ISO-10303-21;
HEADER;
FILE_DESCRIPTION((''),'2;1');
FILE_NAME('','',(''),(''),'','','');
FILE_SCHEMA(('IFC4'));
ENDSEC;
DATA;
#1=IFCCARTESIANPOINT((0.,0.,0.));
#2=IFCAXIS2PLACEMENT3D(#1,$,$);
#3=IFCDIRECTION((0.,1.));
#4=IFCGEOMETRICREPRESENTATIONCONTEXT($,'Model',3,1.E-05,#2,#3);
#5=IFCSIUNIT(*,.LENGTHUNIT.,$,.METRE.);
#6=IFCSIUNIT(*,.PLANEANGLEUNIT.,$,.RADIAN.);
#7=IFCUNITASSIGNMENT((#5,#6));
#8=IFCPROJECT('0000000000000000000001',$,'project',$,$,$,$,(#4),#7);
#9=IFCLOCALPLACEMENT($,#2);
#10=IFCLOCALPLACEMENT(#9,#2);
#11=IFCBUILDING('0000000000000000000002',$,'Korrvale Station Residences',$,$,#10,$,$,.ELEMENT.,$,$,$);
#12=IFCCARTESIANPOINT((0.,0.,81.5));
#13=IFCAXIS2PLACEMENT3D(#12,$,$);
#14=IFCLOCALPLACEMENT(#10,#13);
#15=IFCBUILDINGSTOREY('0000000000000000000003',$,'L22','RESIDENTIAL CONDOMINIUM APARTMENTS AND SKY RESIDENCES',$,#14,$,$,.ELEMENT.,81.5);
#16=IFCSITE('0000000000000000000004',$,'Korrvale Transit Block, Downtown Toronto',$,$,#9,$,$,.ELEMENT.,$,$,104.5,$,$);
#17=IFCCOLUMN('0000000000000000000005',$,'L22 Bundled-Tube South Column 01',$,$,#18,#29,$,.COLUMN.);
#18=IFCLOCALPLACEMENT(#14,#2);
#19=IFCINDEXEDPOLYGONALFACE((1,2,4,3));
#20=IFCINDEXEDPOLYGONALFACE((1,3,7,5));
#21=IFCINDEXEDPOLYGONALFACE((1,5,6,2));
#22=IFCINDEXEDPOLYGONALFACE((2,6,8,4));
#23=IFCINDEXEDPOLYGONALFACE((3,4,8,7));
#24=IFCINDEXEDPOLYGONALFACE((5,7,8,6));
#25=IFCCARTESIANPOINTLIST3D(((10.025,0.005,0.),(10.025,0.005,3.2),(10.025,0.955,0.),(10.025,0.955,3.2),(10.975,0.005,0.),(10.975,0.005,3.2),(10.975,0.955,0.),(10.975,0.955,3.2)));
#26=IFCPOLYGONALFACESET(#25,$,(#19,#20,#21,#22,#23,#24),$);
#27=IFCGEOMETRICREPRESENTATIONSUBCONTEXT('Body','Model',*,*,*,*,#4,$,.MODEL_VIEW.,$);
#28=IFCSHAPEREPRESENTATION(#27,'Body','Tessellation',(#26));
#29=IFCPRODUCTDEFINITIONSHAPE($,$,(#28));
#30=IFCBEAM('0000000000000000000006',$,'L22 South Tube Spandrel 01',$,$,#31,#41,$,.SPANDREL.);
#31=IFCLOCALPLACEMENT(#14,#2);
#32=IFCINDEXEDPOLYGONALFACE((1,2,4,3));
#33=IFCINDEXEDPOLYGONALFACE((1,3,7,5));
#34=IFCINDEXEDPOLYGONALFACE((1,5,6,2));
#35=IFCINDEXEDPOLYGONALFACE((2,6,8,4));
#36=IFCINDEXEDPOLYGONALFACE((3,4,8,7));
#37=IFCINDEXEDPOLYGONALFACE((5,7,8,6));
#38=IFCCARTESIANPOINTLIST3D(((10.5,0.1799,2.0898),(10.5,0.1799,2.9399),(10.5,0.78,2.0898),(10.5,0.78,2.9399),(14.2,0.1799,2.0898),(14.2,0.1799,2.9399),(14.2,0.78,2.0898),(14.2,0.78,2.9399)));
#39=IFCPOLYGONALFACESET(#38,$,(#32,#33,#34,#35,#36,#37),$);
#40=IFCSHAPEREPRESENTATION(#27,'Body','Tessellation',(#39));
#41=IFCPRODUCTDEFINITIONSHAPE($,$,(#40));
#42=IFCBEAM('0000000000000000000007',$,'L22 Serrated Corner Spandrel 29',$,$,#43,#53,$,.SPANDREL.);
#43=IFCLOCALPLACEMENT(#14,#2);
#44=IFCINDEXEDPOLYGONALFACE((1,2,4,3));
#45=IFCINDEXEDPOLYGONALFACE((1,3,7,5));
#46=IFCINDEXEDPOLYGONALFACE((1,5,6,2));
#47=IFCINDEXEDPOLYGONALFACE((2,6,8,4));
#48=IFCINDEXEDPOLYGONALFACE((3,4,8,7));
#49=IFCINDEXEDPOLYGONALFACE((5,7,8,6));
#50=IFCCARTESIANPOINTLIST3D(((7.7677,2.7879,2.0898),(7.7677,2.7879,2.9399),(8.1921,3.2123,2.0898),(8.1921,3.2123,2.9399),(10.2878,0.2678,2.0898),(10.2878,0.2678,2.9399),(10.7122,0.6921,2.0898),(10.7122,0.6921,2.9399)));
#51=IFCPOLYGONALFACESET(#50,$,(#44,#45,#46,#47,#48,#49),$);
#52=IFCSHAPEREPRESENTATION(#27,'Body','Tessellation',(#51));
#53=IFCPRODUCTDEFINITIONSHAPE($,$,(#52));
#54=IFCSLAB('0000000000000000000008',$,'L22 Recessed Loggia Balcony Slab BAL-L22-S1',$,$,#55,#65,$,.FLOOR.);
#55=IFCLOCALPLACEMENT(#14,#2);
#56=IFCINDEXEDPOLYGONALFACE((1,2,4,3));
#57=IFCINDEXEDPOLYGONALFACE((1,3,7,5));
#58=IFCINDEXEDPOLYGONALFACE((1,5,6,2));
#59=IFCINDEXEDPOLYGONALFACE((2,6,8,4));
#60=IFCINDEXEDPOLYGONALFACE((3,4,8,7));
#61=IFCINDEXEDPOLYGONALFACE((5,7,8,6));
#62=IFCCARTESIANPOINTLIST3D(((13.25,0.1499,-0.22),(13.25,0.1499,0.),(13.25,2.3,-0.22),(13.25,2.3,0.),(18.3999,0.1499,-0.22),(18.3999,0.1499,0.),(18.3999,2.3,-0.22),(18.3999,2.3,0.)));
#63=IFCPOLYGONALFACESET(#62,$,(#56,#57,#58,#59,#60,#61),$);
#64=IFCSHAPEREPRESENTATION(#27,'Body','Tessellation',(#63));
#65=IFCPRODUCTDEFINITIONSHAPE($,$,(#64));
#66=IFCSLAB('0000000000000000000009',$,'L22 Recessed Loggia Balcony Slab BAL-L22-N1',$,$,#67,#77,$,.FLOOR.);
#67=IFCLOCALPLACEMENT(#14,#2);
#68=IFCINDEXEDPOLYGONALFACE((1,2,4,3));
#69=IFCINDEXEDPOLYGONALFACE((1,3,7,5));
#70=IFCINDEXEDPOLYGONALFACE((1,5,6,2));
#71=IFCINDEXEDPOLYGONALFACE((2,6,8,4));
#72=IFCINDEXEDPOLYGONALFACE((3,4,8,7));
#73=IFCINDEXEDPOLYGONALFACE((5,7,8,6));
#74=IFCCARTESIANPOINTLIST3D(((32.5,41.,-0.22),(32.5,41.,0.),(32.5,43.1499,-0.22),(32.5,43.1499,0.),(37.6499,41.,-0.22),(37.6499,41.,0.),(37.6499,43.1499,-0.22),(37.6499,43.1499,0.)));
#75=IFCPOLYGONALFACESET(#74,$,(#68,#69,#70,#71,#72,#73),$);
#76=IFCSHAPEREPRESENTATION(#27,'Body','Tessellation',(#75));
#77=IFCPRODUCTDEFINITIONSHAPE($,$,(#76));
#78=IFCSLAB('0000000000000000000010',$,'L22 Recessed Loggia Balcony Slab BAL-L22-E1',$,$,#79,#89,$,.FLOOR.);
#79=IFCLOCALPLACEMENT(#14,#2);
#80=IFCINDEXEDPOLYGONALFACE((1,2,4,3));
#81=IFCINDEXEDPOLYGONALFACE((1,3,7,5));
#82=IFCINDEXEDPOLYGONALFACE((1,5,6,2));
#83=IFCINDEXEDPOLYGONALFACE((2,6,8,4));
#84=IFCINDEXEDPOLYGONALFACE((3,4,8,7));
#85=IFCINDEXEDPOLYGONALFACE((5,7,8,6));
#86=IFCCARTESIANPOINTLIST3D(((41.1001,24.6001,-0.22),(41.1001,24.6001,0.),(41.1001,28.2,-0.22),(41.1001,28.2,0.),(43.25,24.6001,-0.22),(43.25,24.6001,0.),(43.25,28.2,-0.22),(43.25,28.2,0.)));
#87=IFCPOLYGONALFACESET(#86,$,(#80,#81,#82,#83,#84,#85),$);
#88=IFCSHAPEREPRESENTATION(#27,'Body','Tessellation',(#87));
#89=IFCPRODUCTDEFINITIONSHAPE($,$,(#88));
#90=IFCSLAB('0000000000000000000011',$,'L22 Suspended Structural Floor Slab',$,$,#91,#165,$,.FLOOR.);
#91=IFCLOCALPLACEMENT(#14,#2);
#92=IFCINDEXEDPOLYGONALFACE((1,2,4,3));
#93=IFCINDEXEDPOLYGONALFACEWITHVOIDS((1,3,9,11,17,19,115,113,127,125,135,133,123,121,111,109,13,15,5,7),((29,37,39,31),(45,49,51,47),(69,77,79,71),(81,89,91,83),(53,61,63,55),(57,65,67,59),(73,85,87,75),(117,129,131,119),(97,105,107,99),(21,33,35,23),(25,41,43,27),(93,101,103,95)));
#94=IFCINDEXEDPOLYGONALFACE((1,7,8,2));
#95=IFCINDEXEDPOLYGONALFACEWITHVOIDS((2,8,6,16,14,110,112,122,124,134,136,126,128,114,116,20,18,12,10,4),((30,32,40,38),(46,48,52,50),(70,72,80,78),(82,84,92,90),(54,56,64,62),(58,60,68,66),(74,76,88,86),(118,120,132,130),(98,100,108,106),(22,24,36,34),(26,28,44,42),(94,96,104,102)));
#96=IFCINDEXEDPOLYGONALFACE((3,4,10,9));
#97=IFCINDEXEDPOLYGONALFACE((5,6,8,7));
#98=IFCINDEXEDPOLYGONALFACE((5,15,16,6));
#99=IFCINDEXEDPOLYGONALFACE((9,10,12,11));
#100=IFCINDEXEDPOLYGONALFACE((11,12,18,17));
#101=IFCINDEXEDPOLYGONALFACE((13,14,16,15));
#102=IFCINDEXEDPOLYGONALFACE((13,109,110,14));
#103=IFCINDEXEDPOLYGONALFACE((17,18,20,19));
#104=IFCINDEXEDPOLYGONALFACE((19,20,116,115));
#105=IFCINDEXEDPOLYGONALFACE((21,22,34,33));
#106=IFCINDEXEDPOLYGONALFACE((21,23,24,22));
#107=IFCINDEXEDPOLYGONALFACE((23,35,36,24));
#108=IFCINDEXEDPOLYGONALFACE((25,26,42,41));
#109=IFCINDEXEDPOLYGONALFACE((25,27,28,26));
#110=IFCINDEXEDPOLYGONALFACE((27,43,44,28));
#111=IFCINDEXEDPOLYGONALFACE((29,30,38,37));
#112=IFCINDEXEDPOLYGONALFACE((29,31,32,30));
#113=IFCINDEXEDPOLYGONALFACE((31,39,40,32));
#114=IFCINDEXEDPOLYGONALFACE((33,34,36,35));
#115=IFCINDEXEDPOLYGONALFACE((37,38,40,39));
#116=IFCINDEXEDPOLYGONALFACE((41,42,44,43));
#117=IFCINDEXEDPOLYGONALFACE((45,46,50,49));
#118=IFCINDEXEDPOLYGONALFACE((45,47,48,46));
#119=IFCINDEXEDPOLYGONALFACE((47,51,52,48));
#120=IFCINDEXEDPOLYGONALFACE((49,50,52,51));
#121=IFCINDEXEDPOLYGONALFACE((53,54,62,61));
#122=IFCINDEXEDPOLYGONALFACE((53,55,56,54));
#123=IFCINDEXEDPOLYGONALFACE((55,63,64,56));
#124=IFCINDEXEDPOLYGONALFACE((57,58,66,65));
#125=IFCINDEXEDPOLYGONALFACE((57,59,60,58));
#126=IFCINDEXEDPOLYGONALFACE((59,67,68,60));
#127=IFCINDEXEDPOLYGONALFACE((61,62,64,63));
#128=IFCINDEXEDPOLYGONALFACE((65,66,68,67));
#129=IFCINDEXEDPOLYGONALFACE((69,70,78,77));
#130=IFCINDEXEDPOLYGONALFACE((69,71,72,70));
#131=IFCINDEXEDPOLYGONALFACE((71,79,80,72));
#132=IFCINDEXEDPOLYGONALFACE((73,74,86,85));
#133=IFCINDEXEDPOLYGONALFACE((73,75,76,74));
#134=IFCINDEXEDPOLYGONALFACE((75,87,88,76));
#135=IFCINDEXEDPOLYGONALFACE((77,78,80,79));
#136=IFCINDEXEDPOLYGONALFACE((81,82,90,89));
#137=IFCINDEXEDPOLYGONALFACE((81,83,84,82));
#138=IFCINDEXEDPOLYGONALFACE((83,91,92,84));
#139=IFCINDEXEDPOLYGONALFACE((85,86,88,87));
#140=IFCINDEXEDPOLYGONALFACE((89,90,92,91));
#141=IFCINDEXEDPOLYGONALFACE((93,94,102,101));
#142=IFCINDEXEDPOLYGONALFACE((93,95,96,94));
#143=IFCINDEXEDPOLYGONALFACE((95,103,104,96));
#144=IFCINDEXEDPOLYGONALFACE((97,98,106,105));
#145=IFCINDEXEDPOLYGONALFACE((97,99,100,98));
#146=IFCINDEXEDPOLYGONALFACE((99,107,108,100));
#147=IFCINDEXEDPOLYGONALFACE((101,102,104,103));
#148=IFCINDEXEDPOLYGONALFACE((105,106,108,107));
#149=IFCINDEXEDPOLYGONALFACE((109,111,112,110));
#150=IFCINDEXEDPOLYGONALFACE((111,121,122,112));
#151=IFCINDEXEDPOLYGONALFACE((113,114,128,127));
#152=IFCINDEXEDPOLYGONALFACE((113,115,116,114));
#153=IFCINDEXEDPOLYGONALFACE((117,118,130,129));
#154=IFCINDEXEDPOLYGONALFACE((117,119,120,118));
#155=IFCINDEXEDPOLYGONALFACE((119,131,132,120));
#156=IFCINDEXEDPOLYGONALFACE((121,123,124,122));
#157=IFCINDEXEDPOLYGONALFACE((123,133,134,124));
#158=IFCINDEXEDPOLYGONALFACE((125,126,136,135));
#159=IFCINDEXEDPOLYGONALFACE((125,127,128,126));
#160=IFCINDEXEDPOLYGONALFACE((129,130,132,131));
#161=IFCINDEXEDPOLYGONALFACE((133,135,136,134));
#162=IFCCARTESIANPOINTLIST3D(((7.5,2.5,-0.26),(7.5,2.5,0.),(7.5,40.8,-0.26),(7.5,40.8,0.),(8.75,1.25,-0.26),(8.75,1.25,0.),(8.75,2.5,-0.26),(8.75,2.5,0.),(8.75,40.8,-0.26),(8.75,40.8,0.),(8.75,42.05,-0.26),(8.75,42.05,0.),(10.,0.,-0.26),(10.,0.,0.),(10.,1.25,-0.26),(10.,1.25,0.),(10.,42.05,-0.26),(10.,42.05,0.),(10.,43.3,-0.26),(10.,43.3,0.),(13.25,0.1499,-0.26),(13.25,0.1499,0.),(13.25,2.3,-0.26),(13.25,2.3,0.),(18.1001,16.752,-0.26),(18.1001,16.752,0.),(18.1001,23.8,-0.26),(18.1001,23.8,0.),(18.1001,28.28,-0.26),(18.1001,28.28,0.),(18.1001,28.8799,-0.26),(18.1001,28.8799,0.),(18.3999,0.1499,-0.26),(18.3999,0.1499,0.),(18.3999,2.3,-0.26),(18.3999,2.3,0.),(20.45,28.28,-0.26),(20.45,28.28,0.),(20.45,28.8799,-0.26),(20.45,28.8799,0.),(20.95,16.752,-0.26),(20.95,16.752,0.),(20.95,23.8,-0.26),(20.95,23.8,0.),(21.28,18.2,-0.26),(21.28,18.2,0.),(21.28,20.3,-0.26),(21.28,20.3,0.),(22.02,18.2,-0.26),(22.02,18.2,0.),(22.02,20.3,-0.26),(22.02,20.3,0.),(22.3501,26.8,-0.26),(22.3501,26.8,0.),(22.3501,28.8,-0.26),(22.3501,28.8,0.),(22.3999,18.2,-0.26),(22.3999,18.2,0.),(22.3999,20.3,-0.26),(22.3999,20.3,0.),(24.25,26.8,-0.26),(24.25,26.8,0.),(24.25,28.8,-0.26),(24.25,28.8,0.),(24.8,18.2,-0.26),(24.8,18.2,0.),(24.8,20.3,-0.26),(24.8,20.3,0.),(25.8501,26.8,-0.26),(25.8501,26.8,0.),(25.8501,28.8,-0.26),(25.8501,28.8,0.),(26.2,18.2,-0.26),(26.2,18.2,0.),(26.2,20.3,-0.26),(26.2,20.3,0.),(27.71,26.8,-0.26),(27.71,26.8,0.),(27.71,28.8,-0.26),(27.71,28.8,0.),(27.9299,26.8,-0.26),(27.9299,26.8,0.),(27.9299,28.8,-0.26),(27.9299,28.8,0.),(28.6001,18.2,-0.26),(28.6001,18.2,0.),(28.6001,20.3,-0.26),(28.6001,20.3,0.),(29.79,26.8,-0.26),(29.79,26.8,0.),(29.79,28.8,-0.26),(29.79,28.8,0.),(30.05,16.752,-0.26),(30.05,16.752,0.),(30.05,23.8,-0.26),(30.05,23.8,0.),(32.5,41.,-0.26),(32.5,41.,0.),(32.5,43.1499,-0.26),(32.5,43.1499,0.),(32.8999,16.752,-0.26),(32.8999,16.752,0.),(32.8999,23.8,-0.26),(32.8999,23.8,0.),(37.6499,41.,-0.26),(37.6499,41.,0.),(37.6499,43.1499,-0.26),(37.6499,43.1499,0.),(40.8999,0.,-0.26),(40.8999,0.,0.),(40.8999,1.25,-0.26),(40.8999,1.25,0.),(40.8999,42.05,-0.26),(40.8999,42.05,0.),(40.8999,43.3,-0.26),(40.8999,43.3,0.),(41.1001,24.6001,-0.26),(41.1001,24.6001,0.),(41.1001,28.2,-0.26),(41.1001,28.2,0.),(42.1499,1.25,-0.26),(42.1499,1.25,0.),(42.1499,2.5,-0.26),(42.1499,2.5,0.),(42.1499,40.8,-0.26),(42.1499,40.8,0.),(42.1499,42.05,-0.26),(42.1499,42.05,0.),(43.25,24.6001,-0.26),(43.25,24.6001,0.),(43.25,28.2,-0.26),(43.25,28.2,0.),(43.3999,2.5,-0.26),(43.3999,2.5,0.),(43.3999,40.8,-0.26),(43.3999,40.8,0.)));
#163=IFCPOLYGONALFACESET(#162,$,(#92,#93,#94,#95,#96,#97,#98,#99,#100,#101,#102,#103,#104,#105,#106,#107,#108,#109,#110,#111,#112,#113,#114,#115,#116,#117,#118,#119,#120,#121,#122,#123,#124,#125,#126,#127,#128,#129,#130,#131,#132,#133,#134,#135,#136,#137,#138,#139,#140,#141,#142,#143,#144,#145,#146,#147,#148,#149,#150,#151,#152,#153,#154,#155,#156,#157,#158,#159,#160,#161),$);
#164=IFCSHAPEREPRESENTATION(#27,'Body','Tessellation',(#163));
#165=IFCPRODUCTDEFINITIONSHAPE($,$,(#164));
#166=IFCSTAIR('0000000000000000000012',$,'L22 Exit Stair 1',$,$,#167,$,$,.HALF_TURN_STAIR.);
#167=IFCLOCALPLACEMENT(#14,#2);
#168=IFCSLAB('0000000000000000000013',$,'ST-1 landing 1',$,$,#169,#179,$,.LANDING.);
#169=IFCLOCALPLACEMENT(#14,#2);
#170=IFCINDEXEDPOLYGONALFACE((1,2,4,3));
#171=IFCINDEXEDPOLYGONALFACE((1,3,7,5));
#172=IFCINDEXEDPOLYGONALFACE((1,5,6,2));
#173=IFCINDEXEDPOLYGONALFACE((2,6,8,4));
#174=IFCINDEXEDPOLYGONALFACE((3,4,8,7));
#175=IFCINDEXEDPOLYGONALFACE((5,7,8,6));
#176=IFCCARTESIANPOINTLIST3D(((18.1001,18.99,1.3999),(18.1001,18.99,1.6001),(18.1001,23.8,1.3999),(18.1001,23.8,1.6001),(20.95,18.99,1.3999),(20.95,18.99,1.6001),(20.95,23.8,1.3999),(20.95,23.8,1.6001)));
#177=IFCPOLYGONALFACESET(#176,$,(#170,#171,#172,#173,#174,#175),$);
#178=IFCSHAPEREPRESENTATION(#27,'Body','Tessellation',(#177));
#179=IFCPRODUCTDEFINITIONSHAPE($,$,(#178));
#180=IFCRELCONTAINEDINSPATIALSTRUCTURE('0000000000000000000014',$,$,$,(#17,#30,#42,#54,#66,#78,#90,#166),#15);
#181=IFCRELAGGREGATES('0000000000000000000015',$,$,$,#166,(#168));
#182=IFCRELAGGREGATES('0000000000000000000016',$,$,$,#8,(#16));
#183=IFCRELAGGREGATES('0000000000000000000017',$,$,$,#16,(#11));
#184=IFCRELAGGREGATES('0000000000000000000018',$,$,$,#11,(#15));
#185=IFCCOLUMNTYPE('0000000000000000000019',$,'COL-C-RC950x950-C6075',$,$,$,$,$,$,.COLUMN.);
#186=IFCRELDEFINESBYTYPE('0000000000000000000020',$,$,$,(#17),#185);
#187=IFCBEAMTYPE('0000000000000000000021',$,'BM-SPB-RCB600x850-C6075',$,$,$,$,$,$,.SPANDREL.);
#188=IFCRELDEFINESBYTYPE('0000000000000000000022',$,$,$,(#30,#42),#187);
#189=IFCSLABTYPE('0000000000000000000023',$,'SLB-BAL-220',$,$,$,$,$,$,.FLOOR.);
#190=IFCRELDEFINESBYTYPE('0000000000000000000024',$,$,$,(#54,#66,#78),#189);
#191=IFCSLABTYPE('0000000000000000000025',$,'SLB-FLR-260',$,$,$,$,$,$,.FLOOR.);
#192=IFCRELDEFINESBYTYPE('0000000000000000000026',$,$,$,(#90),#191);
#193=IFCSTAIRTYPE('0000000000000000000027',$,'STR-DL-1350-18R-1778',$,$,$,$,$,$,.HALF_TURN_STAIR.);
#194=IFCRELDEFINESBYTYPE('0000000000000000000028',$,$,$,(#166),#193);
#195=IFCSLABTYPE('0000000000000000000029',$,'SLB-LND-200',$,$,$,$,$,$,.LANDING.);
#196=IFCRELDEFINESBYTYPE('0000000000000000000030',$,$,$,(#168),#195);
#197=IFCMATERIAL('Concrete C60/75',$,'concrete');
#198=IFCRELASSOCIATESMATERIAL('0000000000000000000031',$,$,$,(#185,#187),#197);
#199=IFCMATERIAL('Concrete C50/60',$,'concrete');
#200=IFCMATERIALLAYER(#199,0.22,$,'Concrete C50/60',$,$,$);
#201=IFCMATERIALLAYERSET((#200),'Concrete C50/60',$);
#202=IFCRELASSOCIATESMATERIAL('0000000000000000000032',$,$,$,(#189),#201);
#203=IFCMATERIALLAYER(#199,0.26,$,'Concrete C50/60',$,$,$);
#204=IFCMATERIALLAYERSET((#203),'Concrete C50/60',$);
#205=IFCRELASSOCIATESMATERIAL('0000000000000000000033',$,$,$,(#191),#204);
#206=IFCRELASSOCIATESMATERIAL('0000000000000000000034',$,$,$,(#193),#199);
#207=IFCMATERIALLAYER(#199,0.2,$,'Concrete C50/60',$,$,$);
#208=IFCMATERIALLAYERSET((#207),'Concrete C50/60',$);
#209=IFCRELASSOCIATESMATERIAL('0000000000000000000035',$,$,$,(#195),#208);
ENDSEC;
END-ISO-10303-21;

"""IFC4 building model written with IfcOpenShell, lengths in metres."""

from ifc_helpers import new_model, si_unit, direction, frame, origin, origin_2d, place, context, subcontext, project, spatial, polyline, rectangle, outline, extrude, material, layer, layer_set, material_profile, profile_set, type_object, element, aggregate, save


model = new_model("IFC4")

# Units and contexts
model_context = context("Model", 3, precision=1e-05, world=origin(), true_north=direction((0.0, 1.0)))
body_context = subcontext(model_context, "Body", "Model", "MODEL_VIEW")
ifc_project = project(units=[si_unit("LENGTHUNIT", "METRE"), si_unit("PLANEANGLEUNIT", "RADIAN")], contexts=[model_context])

# Site, building, storey
site_placement = place(None, origin())
site = spatial("IfcSite", under=ifc_project, at=site_placement, Name="Korrvale Transit Block, Downtown Toronto", CompositionType="ELEMENT", RefElevation=104.5)
building_placement = place(site_placement, origin())
building = spatial("IfcBuilding", under=site, at=building_placement, Name="Korrvale Station Residences", CompositionType="ELEMENT")
storey_placement = place(building_placement, frame((0.0, 0.0, 81.5)))
storey = spatial("IfcBuildingStorey", under=building, at=storey_placement, Name="L22", Description="RESIDENTIAL CONDOMINIUM APARTMENTS AND SKY RESIDENCES", CompositionType="ELEMENT", Elevation=81.5)

# Column
ifc_material_1 = material(Name="Concrete C60/75", Category="concrete")
ifc_material_profile_1 = material_profile(ifc_material_1, rectangle(XDim=0.95, YDim=0.95, at=origin_2d()), Name="RC950x950")
ifc_profile_set_1 = profile_set([ifc_material_profile_1], Name="Concrete C60/75")
column_type = type_object("IfcColumnType", Name="COL-C-RC950x950-C6075", PredefinedType="COLUMN", material=ifc_profile_set_1)
column_placement = place(storey_placement, frame((10.5, 0.48, 0.0), z_axis=(0.0, 0.0, 1.0), x_axis=(1.0, 0.0, 0.0)))
element("IfcColumn", 1, at=column_placement, inside=storey, type_object=column_type, Name="L22 Bundled-Tube South Column 01", PredefinedType="COLUMN", context=body_context, shape_type="SweptSolid", body=[
    extrude(rectangle(XDim=0.95, YDim=0.95, at=origin_2d()), origin(), (0.0, 0.0, 1.0), 3.2),
])

# Beams
ifc_material_profile_2 = material_profile(ifc_material_1, rectangle(XDim=0.6001, YDim=0.8501, at=origin_2d()), Name="RCB600x850")
ifc_profile_set_2 = profile_set([ifc_material_profile_2], Name="Concrete C60/75")
beam_type = type_object("IfcBeamType", Name="BM-SPB-RCB600x850-C6075", PredefinedType="SPANDREL", material=ifc_profile_set_2)
beam_1_placement = place(storey_placement, frame((10.5, 0.48, 2.5149), z_axis=(1.0, 0.0, 0.0), x_axis=(0.0, 1.0, 0.0)))
element("IfcBeam", 2, at=beam_1_placement, inside=storey, type_object=beam_type, Name="L22 South Tube Spandrel 01", PredefinedType="SPANDREL", context=body_context, shape_type="SweptSolid", body=[
    extrude(rectangle(XDim=0.6001, YDim=0.8501, at=origin_2d()), origin(), (0.0, 0.0, 1.0), 3.7),
])
beam_2_placement = place(storey_placement, frame((10.5, 0.48, 2.5149), z_axis=(-0.707107, 0.707107, 0.0), x_axis=(-0.707107, -0.707107, 0.0)))
element("IfcBeam", 3, at=beam_2_placement, inside=storey, type_object=beam_type, Name="L22 Serrated Corner Spandrel 29", PredefinedType="SPANDREL", context=body_context, shape_type="SweptSolid", body=[
    extrude(rectangle(XDim=0.6001, YDim=0.8501, at=origin_2d()), origin(), (0.0, 0.0, 1.0), 3.564),
])

# Slabs
ifc_material_2 = material(Name="Concrete C50/60", Category="concrete")
ifc_layer_1 = layer(ifc_material_2, 0.22, Name="Concrete C50/60")
ifc_layer_set_1 = layer_set([ifc_layer_1], Name="Concrete C50/60")
slab_type_1 = type_object("IfcSlabType", Name="SLB-BAL-220", PredefinedType="FLOOR", material=ifc_layer_set_1)
slab_1_placement = place(storey_placement, frame((0.0, 0.0, -0.22)))
element("IfcSlab", 4, at=slab_1_placement, inside=storey, type_object=slab_type_1, Name="L22 Recessed Loggia Balcony Slab BAL-L22-S1", PredefinedType="FLOOR", context=body_context, shape_type="SweptSolid", body=[
    extrude(outline(polyline([(13.25, 0.1499), (18.3999, 0.1499), (18.3999, 2.3), (13.25, 2.3), (13.25, 0.1499)])), origin(), (0.0, 0.0, 1.0), 0.22),
])
slab_2_placement = place(storey_placement, frame((0.0, 0.0, -0.22)))
element("IfcSlab", 5, at=slab_2_placement, inside=storey, type_object=slab_type_1, Name="L22 Recessed Loggia Balcony Slab BAL-L22-N1", PredefinedType="FLOOR", context=body_context, shape_type="SweptSolid", body=[
    extrude(outline(polyline([(32.5, 41.0), (37.6499, 41.0), (37.6499, 43.1499), (32.5, 43.1499), (32.5, 41.0)])), origin(), (0.0, 0.0, 1.0), 0.22),
])
slab_3_placement = place(storey_placement, frame((0.0, 0.0, -0.22)))
element("IfcSlab", 6, at=slab_3_placement, inside=storey, type_object=slab_type_1, Name="L22 Recessed Loggia Balcony Slab BAL-L22-E1", PredefinedType="FLOOR", context=body_context, shape_type="SweptSolid", body=[
    extrude(outline(polyline([(41.1001, 24.6001), (43.25, 24.6001), (43.25, 28.2), (41.1001, 28.2), (41.1001, 24.6001)])), origin(), (0.0, 0.0, 1.0), 0.22),
])
ifc_layer_2 = layer(ifc_material_2, 0.26, Name="Concrete C50/60")
ifc_layer_set_2 = layer_set([ifc_layer_2], Name="Concrete C50/60")
slab_type_2 = type_object("IfcSlabType", Name="SLB-FLR-260", PredefinedType="FLOOR", material=ifc_layer_set_2)
slab_4_placement = place(storey_placement, frame((0.0, 0.0, -0.26)))
element("IfcSlab", 7, at=slab_4_placement, inside=storey, type_object=slab_type_2, Name="L22 Suspended Structural Floor Slab", PredefinedType="FLOOR", context=body_context, shape_type="SweptSolid", body=[
    extrude(outline(polyline([(10.0, 0.0), (40.8999, 0.0), (40.8999, 1.25), (42.1499, 1.25), (42.1499, 2.5), (43.3999, 2.5), (43.3999, 40.8), (42.1499, 40.8), (42.1499, 42.05), (40.8999, 42.05), (40.8999, 43.3), (10.0, 43.3), (10.0, 42.05), (8.75, 42.05), (8.75, 40.8), (7.5, 40.8), (7.5, 2.5), (8.75, 2.5), (8.75, 1.25), (10.0, 1.25), (10.0, 0.0)]), holes=[polyline([(20.95, 16.752), (20.95, 23.8), (18.1001, 23.8), (18.1001, 16.752), (20.95, 16.752)]), polyline([(32.8999, 16.752), (32.8999, 23.8), (30.05, 23.8), (30.05, 16.752), (32.8999, 16.752)]), polyline([(22.3501, 26.8), (24.25, 26.8), (24.25, 28.8), (22.3501, 28.8), (22.3501, 26.8)]), polyline([(25.8501, 26.8), (27.71, 26.8), (27.71, 28.8), (25.8501, 28.8), (25.8501, 26.8)]), polyline([(27.9299, 26.8), (29.79, 26.8), (29.79, 28.8), (27.9299, 28.8), (27.9299, 26.8)]), polyline([(22.3999, 18.2), (24.8, 18.2), (24.8, 20.3), (22.3999, 20.3), (22.3999, 18.2)]), polyline([(26.2, 18.2), (28.6001, 18.2), (28.6001, 20.3), (26.2, 20.3), (26.2, 18.2)]), polyline([(18.1001, 28.28), (20.45, 28.28), (20.45, 28.8799), (18.1001, 28.8799), (18.1001, 28.28)]), polyline([(21.28, 18.2), (22.02, 18.2), (22.02, 20.3), (21.28, 20.3), (21.28, 18.2)]), polyline([(13.25, 0.1499), (18.3999, 0.1499), (18.3999, 2.3), (13.25, 2.3), (13.25, 0.1499)]), polyline([(32.5, 41.0), (37.6499, 41.0), (37.6499, 43.1499), (32.5, 43.1499), (32.5, 41.0)]), polyline([(41.1001, 24.6001), (43.25, 24.6001), (43.25, 28.2), (41.1001, 28.2), (41.1001, 24.6001)])]), origin(), (0.0, 0.0, 1.0), 0.26),
])

# Stair, slab
stair_type = type_object("IfcStairType", Name="STR-DL-1350-18R-1778", PredefinedType="HALF_TURN_STAIR", material=ifc_material_2)
stair_1_placement = place(storey_placement, origin())
stair_1 = element("IfcStair", 8, at=stair_1_placement, inside=storey, type_object=stair_type, Name="L22 Exit Stair 1", PredefinedType="HALF_TURN_STAIR")
ifc_layer_3 = layer(ifc_material_2, 0.2, Name="Concrete C50/60")
ifc_layer_set_3 = layer_set([ifc_layer_3], Name="Concrete C50/60")
slab_type_3 = type_object("IfcSlabType", Name="SLB-LND-200", PredefinedType="LANDING", material=ifc_layer_set_3)
slab_5_placement = place(storey_placement, frame((0.0, 0.0, 1.3999)))
slab_5 = element("IfcSlab", 9, at=slab_5_placement, type_object=slab_type_3, Name="ST-1 landing 1", PredefinedType="LANDING", context=body_context, shape_type="SweptSolid", body=[
    extrude(outline(polyline([(20.95, 18.99), (20.95, 23.8), (18.1001, 23.8), (18.1001, 18.99), (20.95, 18.99)])), origin(), (0.0, 0.0, 1.0), 0.2002),
])
aggregate(stair_1, [slab_5])

save(model, "model.ifc")
